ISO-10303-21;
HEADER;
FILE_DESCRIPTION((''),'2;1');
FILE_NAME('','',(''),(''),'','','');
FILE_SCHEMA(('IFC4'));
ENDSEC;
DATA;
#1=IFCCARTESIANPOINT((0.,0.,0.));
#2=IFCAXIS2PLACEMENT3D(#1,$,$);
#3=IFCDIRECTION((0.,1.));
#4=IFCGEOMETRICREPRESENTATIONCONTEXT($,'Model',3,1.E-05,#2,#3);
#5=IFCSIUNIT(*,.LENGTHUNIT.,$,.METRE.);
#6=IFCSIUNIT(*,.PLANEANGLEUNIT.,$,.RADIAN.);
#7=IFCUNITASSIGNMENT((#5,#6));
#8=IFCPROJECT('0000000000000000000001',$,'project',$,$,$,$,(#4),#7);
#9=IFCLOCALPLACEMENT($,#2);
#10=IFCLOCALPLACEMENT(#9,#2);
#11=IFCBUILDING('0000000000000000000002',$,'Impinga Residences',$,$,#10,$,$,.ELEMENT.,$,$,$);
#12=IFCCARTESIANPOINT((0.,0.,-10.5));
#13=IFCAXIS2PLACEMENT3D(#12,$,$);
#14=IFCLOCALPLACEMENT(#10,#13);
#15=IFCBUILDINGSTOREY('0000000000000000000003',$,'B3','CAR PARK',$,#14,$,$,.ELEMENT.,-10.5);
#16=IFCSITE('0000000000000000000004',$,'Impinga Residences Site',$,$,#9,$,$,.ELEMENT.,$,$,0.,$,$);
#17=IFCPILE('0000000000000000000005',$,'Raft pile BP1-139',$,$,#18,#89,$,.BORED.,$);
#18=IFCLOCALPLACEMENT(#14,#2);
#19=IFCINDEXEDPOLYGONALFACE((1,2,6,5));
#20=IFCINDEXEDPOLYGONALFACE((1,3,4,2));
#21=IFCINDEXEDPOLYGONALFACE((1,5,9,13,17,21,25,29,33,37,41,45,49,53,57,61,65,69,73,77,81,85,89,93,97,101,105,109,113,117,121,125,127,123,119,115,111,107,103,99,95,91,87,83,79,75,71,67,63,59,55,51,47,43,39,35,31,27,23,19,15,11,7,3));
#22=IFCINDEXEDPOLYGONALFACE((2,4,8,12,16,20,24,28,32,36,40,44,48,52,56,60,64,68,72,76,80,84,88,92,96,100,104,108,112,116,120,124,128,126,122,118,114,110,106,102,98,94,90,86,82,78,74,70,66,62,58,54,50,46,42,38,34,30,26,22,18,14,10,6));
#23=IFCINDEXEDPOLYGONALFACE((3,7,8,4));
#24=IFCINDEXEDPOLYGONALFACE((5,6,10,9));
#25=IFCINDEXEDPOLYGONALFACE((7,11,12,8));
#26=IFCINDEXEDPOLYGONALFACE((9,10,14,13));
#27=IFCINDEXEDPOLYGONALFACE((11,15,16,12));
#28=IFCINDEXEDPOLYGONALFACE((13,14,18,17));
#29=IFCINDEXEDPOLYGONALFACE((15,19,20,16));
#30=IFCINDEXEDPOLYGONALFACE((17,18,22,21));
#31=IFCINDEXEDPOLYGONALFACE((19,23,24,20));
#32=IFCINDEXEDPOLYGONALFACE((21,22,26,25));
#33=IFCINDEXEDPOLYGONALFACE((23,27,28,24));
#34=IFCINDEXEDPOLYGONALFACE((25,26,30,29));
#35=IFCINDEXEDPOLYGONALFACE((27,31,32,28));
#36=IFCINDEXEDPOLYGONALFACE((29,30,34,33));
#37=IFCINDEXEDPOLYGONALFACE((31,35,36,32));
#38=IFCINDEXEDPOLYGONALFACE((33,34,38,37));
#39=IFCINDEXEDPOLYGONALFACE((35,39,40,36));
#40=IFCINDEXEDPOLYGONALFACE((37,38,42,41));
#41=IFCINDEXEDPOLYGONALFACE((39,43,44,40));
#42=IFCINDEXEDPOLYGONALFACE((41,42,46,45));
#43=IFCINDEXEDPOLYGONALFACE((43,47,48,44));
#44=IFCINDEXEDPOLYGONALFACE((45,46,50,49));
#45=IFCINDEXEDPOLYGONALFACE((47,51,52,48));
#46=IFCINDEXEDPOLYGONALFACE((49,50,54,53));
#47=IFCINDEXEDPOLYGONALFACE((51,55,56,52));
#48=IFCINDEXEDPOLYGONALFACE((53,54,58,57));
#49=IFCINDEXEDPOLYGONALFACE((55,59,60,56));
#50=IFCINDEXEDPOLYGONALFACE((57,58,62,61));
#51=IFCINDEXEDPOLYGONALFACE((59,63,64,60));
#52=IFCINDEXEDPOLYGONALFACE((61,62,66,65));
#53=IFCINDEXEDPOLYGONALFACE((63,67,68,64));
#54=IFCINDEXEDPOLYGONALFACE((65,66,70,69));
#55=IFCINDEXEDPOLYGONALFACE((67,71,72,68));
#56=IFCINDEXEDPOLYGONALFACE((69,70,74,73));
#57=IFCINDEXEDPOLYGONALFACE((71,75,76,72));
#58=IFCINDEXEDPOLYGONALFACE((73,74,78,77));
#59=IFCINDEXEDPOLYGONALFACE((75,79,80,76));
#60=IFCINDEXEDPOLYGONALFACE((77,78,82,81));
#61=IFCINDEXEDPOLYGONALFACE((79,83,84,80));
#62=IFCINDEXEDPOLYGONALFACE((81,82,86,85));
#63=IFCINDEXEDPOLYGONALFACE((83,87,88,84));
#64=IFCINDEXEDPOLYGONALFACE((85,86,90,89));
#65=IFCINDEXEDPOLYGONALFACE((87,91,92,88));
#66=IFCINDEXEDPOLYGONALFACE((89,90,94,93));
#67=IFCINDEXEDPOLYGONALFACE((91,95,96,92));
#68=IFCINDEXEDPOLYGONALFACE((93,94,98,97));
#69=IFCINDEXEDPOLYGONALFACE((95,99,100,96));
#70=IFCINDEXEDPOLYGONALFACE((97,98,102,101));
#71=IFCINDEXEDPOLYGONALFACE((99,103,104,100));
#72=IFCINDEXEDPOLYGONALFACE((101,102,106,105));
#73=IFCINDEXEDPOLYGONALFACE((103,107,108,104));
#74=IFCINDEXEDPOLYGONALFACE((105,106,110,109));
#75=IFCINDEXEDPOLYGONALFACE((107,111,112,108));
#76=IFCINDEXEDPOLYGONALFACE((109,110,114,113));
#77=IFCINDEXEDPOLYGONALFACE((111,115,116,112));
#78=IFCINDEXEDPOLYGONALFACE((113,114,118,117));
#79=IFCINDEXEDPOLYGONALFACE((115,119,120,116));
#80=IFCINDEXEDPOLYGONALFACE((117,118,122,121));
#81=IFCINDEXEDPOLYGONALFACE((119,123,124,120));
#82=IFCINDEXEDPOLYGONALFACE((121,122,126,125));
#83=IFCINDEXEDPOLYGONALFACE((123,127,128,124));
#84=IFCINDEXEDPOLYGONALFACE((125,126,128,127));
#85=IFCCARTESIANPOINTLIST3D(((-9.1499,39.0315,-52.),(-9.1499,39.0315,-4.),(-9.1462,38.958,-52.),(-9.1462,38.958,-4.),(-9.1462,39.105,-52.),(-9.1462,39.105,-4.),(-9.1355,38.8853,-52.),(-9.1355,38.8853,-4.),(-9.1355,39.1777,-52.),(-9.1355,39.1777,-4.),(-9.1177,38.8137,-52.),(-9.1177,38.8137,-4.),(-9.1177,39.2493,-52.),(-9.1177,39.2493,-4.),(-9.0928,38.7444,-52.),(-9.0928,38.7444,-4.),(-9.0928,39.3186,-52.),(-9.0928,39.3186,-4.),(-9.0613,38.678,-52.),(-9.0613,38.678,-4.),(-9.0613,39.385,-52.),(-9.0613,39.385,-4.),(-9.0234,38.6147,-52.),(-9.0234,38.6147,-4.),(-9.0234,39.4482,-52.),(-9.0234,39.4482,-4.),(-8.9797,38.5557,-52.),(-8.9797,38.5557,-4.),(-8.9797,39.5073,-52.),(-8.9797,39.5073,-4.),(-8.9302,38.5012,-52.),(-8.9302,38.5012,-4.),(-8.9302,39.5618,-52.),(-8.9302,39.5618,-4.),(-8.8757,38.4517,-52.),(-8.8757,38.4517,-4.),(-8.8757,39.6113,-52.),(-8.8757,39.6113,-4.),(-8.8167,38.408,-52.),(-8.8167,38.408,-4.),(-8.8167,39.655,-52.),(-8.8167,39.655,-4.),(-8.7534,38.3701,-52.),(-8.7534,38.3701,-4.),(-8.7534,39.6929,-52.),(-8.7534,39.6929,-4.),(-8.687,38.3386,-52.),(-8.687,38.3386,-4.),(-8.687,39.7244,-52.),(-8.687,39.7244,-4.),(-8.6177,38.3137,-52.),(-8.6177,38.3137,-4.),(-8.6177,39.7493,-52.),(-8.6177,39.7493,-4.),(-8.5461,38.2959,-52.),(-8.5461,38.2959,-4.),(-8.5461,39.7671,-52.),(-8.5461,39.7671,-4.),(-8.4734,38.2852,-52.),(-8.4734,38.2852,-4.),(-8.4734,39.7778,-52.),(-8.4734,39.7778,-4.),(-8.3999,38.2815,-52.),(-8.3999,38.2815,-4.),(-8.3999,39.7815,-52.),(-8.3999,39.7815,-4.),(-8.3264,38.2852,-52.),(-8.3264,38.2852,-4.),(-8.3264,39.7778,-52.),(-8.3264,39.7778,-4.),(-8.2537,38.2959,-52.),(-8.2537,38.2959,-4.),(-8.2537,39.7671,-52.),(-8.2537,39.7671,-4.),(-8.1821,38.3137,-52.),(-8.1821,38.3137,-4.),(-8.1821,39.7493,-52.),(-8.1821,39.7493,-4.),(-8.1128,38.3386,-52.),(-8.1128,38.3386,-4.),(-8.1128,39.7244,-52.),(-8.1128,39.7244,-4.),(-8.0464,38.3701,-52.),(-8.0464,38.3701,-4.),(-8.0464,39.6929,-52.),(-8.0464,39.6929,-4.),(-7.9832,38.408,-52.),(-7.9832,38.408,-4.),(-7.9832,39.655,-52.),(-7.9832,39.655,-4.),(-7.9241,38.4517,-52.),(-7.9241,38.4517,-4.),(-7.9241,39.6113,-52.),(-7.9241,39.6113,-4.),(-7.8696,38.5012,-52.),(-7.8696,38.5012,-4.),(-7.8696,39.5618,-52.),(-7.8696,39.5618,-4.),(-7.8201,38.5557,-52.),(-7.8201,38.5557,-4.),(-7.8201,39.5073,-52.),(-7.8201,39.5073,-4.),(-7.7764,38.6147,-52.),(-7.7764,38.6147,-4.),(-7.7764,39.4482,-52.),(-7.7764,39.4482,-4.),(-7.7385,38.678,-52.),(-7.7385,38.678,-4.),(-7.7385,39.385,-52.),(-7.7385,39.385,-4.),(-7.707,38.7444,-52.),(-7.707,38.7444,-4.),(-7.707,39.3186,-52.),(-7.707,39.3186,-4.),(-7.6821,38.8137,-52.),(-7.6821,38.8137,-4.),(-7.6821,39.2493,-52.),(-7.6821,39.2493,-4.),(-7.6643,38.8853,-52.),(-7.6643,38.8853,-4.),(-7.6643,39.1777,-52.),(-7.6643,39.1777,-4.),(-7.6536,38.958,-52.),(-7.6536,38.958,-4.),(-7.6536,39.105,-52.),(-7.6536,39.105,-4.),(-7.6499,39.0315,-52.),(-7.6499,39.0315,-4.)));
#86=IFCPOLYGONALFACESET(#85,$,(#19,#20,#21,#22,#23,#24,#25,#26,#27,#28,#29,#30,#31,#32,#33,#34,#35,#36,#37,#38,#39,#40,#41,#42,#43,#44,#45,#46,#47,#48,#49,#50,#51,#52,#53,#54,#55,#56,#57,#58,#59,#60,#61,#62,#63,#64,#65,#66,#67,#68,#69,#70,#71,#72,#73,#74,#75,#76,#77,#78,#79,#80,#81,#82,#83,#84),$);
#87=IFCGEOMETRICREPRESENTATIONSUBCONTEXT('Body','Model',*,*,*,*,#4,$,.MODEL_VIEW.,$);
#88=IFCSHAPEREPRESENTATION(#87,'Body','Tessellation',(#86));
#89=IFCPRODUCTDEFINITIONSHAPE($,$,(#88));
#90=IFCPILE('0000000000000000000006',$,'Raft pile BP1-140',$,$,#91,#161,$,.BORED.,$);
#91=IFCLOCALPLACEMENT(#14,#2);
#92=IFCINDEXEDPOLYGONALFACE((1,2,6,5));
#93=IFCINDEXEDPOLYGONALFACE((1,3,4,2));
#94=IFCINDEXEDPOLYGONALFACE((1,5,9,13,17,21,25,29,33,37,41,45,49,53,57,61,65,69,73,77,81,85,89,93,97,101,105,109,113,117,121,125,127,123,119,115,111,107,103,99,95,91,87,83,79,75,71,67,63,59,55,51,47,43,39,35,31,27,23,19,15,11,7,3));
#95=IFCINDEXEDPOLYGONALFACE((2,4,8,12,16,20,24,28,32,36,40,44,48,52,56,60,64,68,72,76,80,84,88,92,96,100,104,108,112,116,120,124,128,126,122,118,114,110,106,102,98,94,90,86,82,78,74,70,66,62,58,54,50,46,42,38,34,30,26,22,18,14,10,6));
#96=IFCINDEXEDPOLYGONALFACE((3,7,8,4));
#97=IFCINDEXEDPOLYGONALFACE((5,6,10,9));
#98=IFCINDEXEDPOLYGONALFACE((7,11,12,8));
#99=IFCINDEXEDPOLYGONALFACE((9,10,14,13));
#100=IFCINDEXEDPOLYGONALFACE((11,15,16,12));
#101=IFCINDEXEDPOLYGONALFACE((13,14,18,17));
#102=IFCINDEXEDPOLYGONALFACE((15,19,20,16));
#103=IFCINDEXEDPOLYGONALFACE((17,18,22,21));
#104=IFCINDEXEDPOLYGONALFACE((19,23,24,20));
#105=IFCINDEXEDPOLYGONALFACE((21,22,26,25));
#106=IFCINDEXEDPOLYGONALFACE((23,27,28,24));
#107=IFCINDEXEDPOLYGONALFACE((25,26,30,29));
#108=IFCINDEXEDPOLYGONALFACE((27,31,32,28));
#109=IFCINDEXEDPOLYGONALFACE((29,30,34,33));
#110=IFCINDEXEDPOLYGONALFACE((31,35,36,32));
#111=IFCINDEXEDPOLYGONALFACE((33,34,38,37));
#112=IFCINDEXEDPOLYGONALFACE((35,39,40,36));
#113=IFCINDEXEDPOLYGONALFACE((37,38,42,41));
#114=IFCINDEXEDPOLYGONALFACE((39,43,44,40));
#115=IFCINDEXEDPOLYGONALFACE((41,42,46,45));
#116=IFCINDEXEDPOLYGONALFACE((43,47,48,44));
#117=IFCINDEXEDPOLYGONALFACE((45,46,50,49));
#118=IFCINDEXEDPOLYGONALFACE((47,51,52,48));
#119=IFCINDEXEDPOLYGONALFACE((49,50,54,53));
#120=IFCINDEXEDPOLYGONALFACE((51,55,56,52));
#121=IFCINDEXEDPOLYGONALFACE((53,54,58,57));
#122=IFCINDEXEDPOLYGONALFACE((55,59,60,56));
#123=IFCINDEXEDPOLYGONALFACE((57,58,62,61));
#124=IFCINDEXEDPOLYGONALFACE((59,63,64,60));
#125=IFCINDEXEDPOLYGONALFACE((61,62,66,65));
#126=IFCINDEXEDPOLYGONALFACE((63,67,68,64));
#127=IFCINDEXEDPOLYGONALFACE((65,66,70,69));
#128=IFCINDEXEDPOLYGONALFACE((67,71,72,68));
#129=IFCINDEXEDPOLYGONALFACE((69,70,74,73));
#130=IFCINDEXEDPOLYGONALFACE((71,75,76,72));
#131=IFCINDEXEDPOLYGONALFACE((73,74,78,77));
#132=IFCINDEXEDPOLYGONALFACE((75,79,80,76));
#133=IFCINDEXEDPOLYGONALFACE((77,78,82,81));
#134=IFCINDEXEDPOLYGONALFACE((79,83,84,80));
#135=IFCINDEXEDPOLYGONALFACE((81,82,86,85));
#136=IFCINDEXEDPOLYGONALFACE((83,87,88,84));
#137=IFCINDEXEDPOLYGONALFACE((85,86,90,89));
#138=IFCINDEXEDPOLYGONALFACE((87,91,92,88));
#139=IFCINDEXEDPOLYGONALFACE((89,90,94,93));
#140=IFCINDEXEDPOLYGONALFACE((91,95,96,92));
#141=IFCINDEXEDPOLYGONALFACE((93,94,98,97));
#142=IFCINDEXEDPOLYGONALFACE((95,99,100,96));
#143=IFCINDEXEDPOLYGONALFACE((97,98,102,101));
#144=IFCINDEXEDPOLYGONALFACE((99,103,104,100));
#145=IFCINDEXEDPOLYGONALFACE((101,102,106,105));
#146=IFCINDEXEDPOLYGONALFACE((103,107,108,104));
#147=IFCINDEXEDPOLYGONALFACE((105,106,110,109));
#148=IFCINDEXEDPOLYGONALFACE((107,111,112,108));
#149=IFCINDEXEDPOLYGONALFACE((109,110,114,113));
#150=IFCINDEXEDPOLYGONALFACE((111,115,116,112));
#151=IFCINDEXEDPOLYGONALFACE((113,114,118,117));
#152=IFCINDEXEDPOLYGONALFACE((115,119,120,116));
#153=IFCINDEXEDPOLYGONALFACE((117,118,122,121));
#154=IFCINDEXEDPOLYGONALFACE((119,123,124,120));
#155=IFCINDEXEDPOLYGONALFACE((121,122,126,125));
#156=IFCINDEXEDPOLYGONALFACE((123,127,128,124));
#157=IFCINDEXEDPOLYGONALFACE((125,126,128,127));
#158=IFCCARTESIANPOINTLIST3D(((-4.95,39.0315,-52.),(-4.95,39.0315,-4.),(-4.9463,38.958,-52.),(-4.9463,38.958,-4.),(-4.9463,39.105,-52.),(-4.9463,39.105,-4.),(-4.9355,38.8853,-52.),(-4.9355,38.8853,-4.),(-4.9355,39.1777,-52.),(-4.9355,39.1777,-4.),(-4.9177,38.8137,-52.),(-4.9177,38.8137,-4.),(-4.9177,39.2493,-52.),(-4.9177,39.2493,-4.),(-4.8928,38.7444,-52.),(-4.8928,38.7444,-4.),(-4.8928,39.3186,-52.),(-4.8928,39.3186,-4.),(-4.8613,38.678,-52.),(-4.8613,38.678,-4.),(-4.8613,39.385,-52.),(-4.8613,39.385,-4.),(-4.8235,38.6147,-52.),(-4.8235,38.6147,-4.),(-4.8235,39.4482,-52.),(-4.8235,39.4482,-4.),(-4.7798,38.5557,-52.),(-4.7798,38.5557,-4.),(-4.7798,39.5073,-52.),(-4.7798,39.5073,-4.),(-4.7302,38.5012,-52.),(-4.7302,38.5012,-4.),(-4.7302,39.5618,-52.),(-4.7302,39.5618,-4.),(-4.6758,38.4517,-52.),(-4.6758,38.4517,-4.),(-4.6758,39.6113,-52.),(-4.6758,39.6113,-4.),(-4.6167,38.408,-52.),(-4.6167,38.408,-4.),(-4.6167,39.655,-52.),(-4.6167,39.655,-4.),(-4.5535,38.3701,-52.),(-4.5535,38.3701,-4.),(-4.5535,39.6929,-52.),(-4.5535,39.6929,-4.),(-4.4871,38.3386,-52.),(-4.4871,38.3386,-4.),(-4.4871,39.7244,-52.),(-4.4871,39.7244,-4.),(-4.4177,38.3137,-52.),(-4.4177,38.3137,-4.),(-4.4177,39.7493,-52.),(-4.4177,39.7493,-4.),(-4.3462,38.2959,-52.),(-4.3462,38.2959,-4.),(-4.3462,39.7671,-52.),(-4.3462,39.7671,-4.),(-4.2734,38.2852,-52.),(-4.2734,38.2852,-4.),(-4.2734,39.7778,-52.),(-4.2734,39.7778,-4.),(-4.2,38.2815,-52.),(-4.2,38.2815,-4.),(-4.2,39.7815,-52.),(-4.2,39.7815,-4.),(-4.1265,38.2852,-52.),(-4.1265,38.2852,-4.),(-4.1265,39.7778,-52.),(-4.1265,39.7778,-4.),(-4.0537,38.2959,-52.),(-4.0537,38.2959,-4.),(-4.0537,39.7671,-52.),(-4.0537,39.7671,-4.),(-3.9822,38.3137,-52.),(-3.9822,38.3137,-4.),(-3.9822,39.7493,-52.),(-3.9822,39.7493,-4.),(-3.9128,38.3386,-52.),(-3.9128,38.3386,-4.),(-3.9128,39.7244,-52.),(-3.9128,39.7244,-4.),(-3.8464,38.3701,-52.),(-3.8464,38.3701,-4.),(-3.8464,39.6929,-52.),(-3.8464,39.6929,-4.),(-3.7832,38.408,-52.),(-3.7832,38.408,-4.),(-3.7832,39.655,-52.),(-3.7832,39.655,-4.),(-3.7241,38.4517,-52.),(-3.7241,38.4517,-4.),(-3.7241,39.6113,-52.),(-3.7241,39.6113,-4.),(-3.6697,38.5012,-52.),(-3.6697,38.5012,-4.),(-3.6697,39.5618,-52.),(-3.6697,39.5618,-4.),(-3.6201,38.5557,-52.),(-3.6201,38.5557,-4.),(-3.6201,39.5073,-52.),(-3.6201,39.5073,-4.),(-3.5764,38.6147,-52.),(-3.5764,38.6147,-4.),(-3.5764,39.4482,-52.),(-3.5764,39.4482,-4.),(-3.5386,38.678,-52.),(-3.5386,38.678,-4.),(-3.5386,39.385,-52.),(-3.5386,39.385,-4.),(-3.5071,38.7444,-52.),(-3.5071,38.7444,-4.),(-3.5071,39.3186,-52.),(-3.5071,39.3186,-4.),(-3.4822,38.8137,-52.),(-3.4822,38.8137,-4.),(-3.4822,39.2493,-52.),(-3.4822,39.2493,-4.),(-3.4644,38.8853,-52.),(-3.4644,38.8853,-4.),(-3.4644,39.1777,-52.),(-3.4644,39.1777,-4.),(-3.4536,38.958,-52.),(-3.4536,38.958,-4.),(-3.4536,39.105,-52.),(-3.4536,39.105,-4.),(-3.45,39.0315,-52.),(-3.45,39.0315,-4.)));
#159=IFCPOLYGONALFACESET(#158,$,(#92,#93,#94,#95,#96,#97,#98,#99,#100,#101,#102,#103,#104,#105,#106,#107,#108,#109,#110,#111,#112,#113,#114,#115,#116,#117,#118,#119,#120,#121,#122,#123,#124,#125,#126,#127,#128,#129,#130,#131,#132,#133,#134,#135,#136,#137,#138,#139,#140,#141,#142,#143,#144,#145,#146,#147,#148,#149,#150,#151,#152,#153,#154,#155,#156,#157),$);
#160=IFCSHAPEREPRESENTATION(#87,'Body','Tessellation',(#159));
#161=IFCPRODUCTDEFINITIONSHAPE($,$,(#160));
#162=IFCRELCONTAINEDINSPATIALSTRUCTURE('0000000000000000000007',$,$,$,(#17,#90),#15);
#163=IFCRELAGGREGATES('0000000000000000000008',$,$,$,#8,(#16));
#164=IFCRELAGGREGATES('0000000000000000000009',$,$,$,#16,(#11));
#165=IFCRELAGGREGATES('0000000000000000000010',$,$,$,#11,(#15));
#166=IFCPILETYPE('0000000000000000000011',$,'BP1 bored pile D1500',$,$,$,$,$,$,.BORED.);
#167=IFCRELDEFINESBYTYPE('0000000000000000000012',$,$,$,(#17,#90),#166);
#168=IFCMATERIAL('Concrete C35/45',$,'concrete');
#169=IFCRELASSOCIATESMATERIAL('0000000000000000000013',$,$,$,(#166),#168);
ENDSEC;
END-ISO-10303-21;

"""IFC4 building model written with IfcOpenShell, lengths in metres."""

from ifc_helpers import new_model, si_unit, direction, frame, origin, origin_2d, place, context, subcontext, project, spatial, polyline, circle, outline, extrude, material, material_profile, profile_set, type_object, element, save


model = new_model("IFC4")

# Units and contexts
model_context = context("Model", 3, precision=1e-05, world=origin(), true_north=direction((0.0, 1.0)))
body_context = subcontext(model_context, "Body", "Model", "MODEL_VIEW")
ifc_project = project(units=[si_unit("LENGTHUNIT", "METRE"), si_unit("PLANEANGLEUNIT", "RADIAN")], contexts=[model_context])

# Site, building, storey
site_placement = place(None, origin())
site = spatial("IfcSite", under=ifc_project, at=site_placement, Name="Impinga Residences Site", CompositionType="ELEMENT", RefElevation=0.0)
building_placement = place(site_placement, origin())
building = spatial("IfcBuilding", under=site, at=building_placement, Name="Impinga Residences", CompositionType="ELEMENT")
storey_placement = place(building_placement, frame((0.0, 0.0, -10.5)))
storey = spatial("IfcBuildingStorey", under=building, at=storey_placement, Name="B3", Description="CAR PARK", CompositionType="ELEMENT", Elevation=-10.5)

# Piles
ifc_material_1 = material(Name="Concrete C35/45", Category="concrete")
ifc_material_profile_1 = material_profile(ifc_material_1, circle(Radius=0.75, at=origin_2d()), Name="D1500")
ifc_profile_set_1 = profile_set([ifc_material_profile_1], Name="Concrete C35/45")
pile_type_1 = type_object("IfcPileType", Name="BP1 bored pile D1500", PredefinedType="BORED", material=ifc_profile_set_1)
pile_1_placement = place(storey_placement, frame((-8.3999, 39.0315, -4.0), z_axis=(0.0, 0.0, -1.0), x_axis=(1.0, 0.0, 0.0)))
element("IfcPile", 1, at=pile_1_placement, inside=storey, type_object=pile_type_1, Name="Raft pile BP1-139", PredefinedType="BORED", context=body_context, shape_type="SweptSolid", body=[
    extrude(outline(polyline([(0.75, 0.0), (0.7463, 0.0735), (0.7356, 0.1462), (0.7178, 0.2178), (0.6929, 0.2871), (0.6614, 0.3535), (0.6235, 0.4167), (0.5798, 0.4758), (0.5303, 0.5303), (0.4758, 0.5798), (0.4167, 0.6235), (0.3535, 0.6614), (0.2871, 0.6929), (0.2178, 0.7178), (0.1462, 0.7356), (0.0735, 0.7463), (0.0, 0.75), (-0.0735, 0.7463), (-0.1462, 0.7356), (-0.2178, 0.7178), (-0.2871, 0.6929), (-0.3535, 0.6614), (-0.4167, 0.6235), (-0.4758, 0.5798), (-0.5303, 0.5303), (-0.5798, 0.4758), (-0.6235, 0.4167), (-0.6614, 0.3535), (-0.6929, 0.2871), (-0.7178, 0.2178), (-0.7356, 0.1462), (-0.7463, 0.0735), (-0.75, 0.0), (-0.7463, -0.0735), (-0.7356, -0.1462), (-0.7178, -0.2178), (-0.6929, -0.2871), (-0.6614, -0.3535), (-0.6235, -0.4167), (-0.5798, -0.4758), (-0.5303, -0.5303), (-0.4758, -0.5798), (-0.4167, -0.6235), (-0.3535, -0.6614), (-0.2871, -0.6929), (-0.2178, -0.7178), (-0.1462, -0.7356), (-0.0735, -0.7463), (0.0, -0.75), (0.0735, -0.7463), (0.1462, -0.7356), (0.2178, -0.7178), (0.2871, -0.6929), (0.3535, -0.6614), (0.4167, -0.6235), (0.4758, -0.5798), (0.5303, -0.5303), (0.5798, -0.4758), (0.6235, -0.4167), (0.6614, -0.3535), (0.6929, -0.2871), (0.7178, -0.2178), (0.7356, -0.1462), (0.7463, -0.0735), (0.75, 0.0)])), origin(), (0.0, 0.0, 1.0), 48.0),
])
pile_2_placement = place(storey_placement, frame((-4.2, 39.0315, -4.0), z_axis=(0.0, 0.0, -1.0), x_axis=(1.0, 0.0, 0.0)))
element("IfcPile", 2, at=pile_2_placement, inside=storey, type_object=pile_type_1, Name="Raft pile BP1-140", PredefinedType="BORED", context=body_context, shape_type="SweptSolid", body=[
    extrude(outline(polyline([(0.75, 0.0), (0.7463, 0.0735), (0.7356, 0.1462), (0.7178, 0.2178), (0.6929, 0.2871), (0.6614, 0.3535), (0.6235, 0.4167), (0.5798, 0.4758), (0.5303, 0.5303), (0.4758, 0.5798), (0.4167, 0.6235), (0.3535, 0.6614), (0.2871, 0.6929), (0.2178, 0.7178), (0.1462, 0.7356), (0.0735, 0.7463), (0.0, 0.75), (-0.0735, 0.7463), (-0.1462, 0.7356), (-0.2178, 0.7178), (-0.2871, 0.6929), (-0.3535, 0.6614), (-0.4167, 0.6235), (-0.4758, 0.5798), (-0.5303, 0.5303), (-0.5798, 0.4758), (-0.6235, 0.4167), (-0.6614, 0.3535), (-0.6929, 0.2871), (-0.7178, 0.2178), (-0.7356, 0.1462), (-0.7463, 0.0735), (-0.75, 0.0), (-0.7463, -0.0735), (-0.7356, -0.1462), (-0.7178, -0.2178), (-0.6929, -0.2871), (-0.6614, -0.3535), (-0.6235, -0.4167), (-0.5798, -0.4758), (-0.5303, -0.5303), (-0.4758, -0.5798), (-0.4167, -0.6235), (-0.3535, -0.6614), (-0.2871, -0.6929), (-0.2178, -0.7178), (-0.1462, -0.7356), (-0.0735, -0.7463), (0.0, -0.75), (0.0735, -0.7463), (0.1462, -0.7356), (0.2178, -0.7178), (0.2871, -0.6929), (0.3535, -0.6614), (0.4167, -0.6235), (0.4758, -0.5798), (0.5303, -0.5303), (0.5798, -0.4758), (0.6235, -0.4167), (0.6614, -0.3535), (0.6929, -0.2871), (0.7178, -0.2178), (0.7356, -0.1462), (0.7463, -0.0735), (0.75, 0.0)])), origin(), (0.0, 0.0, 1.0), 48.0),
])

save(model, "model.ifc")
